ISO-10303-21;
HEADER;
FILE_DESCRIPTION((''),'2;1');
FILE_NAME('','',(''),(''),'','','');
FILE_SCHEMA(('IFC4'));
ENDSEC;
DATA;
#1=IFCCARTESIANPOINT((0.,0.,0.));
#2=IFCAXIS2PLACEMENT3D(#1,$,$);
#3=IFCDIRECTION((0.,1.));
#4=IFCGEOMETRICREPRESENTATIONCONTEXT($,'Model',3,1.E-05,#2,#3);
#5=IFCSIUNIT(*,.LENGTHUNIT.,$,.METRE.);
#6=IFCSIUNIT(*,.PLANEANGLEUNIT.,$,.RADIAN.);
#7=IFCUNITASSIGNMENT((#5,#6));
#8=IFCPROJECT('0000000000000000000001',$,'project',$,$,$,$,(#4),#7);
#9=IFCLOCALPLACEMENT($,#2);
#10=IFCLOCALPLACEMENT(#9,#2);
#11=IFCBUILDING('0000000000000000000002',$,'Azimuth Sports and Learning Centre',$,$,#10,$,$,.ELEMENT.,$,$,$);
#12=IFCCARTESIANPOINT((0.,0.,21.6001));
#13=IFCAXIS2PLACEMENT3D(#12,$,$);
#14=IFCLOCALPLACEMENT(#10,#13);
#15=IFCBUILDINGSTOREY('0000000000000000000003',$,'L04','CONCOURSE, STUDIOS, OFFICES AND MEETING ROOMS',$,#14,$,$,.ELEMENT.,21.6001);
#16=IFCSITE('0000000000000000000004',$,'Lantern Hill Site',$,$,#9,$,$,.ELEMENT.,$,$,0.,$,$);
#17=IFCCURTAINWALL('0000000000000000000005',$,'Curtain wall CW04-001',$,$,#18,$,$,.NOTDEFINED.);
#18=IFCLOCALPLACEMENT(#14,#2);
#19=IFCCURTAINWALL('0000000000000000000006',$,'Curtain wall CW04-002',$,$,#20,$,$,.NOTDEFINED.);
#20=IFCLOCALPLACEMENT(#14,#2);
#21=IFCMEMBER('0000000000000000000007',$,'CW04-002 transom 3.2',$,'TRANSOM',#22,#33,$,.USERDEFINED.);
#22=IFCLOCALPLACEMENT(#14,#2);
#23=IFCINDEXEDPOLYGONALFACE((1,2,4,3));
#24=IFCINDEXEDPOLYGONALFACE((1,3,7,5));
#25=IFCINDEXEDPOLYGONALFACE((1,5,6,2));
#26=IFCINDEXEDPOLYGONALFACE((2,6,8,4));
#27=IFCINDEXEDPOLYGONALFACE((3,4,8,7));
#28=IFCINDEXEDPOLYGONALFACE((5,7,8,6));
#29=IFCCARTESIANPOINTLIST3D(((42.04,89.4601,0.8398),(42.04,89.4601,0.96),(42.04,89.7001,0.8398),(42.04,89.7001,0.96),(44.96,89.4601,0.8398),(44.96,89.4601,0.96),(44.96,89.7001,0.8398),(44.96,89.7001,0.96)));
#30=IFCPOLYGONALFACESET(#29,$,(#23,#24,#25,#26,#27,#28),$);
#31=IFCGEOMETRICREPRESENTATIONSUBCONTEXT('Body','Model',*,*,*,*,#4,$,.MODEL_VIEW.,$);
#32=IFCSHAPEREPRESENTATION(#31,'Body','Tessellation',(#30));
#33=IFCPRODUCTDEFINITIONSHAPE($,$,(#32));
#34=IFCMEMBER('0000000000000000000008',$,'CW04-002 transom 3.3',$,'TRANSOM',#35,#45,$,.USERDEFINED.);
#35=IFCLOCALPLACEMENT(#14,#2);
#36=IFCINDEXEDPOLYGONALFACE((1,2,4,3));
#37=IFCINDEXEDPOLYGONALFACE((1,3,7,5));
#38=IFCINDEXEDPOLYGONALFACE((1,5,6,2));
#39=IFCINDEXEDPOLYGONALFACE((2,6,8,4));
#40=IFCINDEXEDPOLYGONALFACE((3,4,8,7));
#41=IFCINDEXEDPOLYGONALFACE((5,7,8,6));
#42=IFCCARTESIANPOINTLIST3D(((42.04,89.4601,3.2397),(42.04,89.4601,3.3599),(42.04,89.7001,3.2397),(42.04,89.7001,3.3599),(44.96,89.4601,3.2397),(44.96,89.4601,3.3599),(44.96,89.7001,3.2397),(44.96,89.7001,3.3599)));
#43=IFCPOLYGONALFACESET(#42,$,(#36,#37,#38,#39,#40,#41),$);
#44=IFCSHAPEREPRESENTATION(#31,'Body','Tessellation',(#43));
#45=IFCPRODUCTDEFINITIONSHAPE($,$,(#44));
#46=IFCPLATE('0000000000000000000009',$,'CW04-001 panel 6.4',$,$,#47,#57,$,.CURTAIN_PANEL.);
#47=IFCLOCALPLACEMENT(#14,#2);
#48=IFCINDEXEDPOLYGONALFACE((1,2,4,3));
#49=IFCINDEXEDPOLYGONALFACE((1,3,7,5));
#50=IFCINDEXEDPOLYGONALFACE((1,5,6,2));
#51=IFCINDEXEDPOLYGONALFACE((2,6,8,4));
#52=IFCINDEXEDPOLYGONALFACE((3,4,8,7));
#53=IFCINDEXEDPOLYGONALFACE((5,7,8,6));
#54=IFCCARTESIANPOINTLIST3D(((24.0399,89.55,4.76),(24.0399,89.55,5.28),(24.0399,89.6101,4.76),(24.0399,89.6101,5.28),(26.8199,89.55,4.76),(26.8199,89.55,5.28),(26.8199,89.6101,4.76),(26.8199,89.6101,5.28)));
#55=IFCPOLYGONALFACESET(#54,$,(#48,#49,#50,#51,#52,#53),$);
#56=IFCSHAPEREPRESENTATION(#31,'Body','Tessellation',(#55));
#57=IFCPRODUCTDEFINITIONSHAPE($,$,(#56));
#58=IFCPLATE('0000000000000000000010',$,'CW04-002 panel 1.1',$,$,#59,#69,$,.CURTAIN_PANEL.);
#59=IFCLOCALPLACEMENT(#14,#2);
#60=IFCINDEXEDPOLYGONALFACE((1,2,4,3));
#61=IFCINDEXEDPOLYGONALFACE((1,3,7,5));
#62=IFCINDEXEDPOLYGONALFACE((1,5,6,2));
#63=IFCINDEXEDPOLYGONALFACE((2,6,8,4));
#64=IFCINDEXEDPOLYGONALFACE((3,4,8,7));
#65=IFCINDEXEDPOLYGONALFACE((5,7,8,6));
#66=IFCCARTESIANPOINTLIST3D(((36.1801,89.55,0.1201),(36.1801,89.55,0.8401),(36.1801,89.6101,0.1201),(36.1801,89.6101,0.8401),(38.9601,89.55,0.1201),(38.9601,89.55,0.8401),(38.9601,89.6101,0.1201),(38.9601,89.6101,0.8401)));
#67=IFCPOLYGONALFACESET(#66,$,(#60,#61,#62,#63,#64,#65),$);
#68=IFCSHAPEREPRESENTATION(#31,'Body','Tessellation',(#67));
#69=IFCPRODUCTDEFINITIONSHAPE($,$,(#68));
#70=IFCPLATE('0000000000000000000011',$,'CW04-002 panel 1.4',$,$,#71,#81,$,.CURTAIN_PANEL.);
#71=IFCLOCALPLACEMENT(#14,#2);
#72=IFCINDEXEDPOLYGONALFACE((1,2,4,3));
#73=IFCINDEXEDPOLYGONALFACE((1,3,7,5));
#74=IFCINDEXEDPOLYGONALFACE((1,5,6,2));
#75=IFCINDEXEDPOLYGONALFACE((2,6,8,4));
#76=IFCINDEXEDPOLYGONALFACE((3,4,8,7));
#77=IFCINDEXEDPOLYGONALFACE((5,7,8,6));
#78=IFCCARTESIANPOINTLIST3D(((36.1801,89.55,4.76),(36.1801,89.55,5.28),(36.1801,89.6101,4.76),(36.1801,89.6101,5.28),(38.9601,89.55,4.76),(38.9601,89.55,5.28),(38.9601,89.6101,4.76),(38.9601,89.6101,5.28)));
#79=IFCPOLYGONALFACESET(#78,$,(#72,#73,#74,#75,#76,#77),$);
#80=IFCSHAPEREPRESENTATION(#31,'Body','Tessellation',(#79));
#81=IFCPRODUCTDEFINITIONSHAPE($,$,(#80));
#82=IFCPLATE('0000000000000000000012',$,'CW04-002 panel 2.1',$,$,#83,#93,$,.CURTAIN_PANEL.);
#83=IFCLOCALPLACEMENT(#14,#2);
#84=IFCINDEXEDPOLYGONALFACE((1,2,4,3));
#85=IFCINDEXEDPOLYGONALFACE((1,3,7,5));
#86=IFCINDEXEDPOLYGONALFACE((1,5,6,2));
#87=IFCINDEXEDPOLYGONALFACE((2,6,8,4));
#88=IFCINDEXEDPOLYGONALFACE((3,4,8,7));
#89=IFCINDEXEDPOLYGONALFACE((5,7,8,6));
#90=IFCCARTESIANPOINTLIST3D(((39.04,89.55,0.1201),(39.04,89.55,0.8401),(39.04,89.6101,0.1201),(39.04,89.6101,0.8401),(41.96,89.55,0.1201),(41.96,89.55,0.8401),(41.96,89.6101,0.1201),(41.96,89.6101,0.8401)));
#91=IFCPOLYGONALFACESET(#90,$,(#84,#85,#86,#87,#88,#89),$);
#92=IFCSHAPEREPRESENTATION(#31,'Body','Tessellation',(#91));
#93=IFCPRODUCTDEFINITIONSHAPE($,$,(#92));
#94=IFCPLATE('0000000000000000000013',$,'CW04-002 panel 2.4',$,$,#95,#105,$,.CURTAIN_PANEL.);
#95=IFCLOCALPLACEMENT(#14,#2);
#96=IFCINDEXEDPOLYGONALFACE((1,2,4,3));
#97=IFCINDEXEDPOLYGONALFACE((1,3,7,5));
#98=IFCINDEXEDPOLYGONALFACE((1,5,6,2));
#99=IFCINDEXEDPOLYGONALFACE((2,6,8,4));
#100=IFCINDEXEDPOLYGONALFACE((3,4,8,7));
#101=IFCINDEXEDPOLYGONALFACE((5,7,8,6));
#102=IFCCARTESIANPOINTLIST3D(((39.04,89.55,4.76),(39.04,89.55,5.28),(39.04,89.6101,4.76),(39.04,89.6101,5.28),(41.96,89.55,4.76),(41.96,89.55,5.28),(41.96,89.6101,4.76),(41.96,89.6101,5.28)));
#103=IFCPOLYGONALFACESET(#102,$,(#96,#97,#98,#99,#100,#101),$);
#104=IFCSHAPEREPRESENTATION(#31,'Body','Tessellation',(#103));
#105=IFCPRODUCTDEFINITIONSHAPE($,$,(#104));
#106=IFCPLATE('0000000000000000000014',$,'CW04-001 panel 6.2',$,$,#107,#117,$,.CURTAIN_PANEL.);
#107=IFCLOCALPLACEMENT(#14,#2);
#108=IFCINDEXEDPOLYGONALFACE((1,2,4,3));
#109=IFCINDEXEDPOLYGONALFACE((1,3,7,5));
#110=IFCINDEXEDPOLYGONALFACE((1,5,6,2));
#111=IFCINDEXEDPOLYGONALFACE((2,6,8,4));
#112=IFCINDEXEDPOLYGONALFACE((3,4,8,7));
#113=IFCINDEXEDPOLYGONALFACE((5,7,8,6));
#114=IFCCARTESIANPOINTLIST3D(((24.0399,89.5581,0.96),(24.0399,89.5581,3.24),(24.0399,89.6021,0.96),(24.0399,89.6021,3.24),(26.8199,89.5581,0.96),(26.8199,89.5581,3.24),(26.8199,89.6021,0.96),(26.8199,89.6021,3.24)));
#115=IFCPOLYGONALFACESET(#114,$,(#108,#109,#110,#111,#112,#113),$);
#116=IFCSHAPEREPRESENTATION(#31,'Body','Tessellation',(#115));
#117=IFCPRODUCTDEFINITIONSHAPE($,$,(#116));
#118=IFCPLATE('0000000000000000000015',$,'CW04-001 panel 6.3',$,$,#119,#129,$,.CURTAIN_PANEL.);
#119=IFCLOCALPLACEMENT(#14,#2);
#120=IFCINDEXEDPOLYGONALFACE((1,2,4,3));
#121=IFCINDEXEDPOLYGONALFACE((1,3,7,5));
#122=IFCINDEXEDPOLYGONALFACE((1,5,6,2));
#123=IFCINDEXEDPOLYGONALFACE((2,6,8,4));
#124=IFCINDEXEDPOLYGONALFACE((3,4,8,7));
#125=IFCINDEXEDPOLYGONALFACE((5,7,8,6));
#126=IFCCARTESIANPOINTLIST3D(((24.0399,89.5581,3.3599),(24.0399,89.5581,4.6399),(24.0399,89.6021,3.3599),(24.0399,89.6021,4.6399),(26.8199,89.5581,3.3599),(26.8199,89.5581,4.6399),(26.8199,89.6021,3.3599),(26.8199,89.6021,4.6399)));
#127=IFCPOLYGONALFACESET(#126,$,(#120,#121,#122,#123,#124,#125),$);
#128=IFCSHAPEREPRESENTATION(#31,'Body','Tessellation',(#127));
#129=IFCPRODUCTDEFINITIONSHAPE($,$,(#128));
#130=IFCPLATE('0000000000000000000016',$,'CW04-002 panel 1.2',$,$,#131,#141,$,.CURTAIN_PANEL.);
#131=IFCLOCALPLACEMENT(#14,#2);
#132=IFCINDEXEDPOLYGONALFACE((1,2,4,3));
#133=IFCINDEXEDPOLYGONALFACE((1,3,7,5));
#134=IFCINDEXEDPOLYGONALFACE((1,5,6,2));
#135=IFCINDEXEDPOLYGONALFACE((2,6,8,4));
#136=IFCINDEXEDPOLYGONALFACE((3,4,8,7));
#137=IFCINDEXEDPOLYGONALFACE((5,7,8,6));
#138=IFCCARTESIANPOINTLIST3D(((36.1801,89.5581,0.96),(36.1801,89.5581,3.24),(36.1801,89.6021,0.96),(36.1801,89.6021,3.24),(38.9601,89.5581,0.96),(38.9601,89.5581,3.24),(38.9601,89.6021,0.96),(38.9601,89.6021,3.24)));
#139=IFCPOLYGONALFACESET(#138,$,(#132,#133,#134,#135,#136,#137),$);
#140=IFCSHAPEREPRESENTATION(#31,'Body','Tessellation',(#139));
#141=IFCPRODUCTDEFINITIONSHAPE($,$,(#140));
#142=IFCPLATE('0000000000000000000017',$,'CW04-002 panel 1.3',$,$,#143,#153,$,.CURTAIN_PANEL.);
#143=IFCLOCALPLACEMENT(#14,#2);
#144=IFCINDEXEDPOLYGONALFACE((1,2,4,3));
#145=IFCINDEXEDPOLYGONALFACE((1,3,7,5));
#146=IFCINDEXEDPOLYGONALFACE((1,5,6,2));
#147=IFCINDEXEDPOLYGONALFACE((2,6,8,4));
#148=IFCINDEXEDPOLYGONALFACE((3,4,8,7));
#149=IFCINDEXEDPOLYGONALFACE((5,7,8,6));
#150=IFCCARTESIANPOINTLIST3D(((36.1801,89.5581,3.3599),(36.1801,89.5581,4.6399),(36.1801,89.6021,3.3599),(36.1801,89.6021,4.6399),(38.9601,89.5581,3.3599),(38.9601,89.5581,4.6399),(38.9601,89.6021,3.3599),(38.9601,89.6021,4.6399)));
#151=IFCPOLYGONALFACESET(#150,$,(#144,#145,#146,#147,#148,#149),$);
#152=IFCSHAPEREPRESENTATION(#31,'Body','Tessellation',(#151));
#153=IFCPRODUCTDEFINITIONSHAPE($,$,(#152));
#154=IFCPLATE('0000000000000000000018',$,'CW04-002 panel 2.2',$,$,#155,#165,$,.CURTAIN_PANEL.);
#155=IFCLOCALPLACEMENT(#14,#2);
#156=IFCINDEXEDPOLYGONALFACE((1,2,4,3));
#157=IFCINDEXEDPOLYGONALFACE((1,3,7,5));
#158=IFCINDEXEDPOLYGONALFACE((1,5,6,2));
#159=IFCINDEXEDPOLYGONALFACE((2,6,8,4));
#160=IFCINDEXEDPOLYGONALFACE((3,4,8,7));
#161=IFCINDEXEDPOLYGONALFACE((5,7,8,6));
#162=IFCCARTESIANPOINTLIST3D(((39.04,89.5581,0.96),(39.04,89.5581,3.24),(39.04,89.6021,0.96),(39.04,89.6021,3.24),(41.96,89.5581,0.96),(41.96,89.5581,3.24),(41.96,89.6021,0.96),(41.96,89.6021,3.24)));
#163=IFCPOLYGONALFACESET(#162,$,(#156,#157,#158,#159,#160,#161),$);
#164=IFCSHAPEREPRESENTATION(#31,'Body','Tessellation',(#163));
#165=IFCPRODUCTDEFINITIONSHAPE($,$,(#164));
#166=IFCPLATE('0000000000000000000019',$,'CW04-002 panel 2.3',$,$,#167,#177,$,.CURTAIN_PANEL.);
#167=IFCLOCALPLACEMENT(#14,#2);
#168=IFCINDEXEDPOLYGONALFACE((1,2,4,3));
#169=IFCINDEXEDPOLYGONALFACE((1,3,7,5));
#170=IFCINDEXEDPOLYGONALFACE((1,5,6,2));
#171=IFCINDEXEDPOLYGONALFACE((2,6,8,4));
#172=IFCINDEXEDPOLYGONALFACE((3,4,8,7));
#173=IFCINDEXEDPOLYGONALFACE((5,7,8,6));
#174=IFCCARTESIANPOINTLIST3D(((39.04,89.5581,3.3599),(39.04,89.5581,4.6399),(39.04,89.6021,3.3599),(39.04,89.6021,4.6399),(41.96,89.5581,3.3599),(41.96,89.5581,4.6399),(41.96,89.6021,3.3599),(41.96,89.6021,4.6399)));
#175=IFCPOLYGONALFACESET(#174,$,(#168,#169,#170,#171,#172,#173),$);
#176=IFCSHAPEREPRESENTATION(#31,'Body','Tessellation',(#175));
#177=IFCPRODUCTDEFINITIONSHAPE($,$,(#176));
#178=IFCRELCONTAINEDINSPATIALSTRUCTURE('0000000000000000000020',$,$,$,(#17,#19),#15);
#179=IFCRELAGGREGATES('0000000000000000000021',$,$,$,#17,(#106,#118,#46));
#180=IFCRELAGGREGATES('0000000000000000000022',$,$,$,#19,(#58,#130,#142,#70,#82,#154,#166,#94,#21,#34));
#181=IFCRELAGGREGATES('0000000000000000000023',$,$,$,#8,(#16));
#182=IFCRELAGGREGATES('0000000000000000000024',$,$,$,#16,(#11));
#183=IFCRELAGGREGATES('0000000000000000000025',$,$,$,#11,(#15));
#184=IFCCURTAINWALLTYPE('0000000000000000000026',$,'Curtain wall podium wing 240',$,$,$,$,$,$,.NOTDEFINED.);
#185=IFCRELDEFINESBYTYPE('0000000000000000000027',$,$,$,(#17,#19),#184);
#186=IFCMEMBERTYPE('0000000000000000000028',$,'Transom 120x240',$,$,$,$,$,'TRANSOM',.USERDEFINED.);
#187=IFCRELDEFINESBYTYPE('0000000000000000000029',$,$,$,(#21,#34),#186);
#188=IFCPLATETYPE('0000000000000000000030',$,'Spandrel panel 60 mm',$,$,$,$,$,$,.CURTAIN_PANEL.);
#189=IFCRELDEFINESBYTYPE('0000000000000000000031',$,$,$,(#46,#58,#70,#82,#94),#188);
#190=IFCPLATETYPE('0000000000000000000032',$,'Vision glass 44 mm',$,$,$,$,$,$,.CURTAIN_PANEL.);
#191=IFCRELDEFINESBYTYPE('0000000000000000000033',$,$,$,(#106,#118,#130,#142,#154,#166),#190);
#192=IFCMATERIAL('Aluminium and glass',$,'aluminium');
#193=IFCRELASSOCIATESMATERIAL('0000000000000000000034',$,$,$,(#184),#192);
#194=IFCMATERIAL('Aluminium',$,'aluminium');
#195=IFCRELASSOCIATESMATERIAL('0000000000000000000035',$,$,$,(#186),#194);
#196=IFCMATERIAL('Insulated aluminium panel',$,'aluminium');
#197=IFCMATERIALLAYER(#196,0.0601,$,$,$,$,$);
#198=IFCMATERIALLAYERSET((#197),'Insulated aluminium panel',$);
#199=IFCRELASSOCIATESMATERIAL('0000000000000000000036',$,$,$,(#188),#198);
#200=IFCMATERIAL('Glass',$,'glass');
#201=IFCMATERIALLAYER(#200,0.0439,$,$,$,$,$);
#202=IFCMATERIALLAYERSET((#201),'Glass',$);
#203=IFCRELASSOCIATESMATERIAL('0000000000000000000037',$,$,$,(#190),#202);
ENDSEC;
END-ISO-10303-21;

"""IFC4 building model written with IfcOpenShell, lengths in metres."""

from ifc_helpers import new_model, si_unit, direction, frame, origin, origin_2d, place, context, subcontext, project, spatial, rectangle, extrude, material, layer, layer_set, material_profile, profile_set, type_object, element, aggregate, save


model = new_model("IFC4")

# Units and contexts
model_context = context("Model", 3, precision=1e-05, world=origin(), true_north=direction((0.0, 1.0)))
body_context = subcontext(model_context, "Body", "Model", "MODEL_VIEW")
ifc_project = project(units=[si_unit("LENGTHUNIT", "METRE"), si_unit("PLANEANGLEUNIT", "RADIAN")], contexts=[model_context])

# Site, building, storey
site_placement = place(None, origin())
site = spatial("IfcSite", under=ifc_project, at=site_placement, Name="Lantern Hill Site", CompositionType="ELEMENT", RefElevation=0.0)
building_placement = place(site_placement, origin())
building = spatial("IfcBuilding", under=site, at=building_placement, Name="Azimuth Sports and Learning Centre", CompositionType="ELEMENT")
storey_placement = place(building_placement, frame((0.0, 0.0, 21.6001)))
storey = spatial("IfcBuildingStorey", under=building, at=storey_placement, Name="L04", Description="CONCOURSE, STUDIOS, OFFICES AND MEETING ROOMS", CompositionType="ELEMENT", Elevation=21.6001)

# Curtain wall
ifc_material_1 = material(Name="Aluminium and glass", Category="aluminium")
curtain_wall_type = type_object("IfcCurtainWallType", Name="Curtain wall podium wing 240", PredefinedType="NOTDEFINED", material=ifc_material_1)
curtain_wall_1_placement = place(storey_placement, origin())
curtain_wall_1 = element("IfcCurtainWall", 1, at=curtain_wall_1_placement, inside=storey, type_object=curtain_wall_type, Name="Curtain wall CW04-001", PredefinedType="NOTDEFINED")

# Curtain wall, members
curtain_wall_2_placement = place(storey_placement, origin())
curtain_wall_2 = element("IfcCurtainWall", 2, at=curtain_wall_2_placement, inside=storey, type_object=curtain_wall_type, Name="Curtain wall CW04-002", PredefinedType="NOTDEFINED")
ifc_material_2 = material(Name="Aluminium", Category="aluminium")
ifc_material_profile_1 = material_profile(ifc_material_2, rectangle(XDim=0.24, YDim=0.1201, at=origin_2d()), Name="Transom 120x240")
ifc_profile_set_1 = profile_set([ifc_material_profile_1], Name="Aluminium")
member_type_1 = type_object("IfcMemberType", Name="Transom 120x240", ElementType="TRANSOM", PredefinedType="USERDEFINED", material=ifc_profile_set_1)
member_1_placement = place(storey_placement, frame((42.04, 89.5801, 0.8999), z_axis=(1.0, 0.0, 0.0), x_axis=(0.0, 1.0, 0.0)))
member_1 = element("IfcMember", 3, at=member_1_placement, type_object=member_type_1, Name="CW04-002 transom 3.2", ObjectType="TRANSOM", PredefinedType="USERDEFINED", context=body_context, shape_type="SweptSolid", body=[
    extrude(rectangle(XDim=0.24, YDim=0.1201, at=origin_2d()), origin(), (0.0, 0.0, 1.0), 2.9199),
])
member_2_placement = place(storey_placement, frame((42.04, 89.5801, 3.2998), z_axis=(1.0, 0.0, 0.0), x_axis=(0.0, 1.0, 0.0)))
member_2 = element("IfcMember", 4, at=member_2_placement, type_object=member_type_1, Name="CW04-002 transom 3.3", ObjectType="TRANSOM", PredefinedType="USERDEFINED", context=body_context, shape_type="SweptSolid", body=[
    extrude(rectangle(XDim=0.24, YDim=0.1201, at=origin_2d()), origin(), (0.0, 0.0, 1.0), 2.9199),
])

# Plates
ifc_material_3 = material(Name="Insulated aluminium panel", Category="aluminium")
ifc_layer_1 = layer(ifc_material_3, 0.0601)
ifc_layer_set_1 = layer_set([ifc_layer_1], Name="Insulated aluminium panel")
plate_type_1 = type_object("IfcPlateType", Name="Spandrel panel 60 mm", PredefinedType="CURTAIN_PANEL", material=ifc_layer_set_1)
plate_1_placement = place(storey_placement, frame((25.4299, 89.5801, 4.76), z_axis=(0.0, 0.0, 1.0), x_axis=(1.0, 0.0, 0.0)))
plate_1 = element("IfcPlate", 5, at=plate_1_placement, type_object=plate_type_1, Name="CW04-001 panel 6.4", PredefinedType="CURTAIN_PANEL", context=body_context, shape_type="SweptSolid", body=[
    extrude(rectangle(XDim=2.78, YDim=0.0601, at=origin_2d()), origin(), (0.0, 0.0, 1.0), 0.52),
])
plate_2_placement = place(storey_placement, frame((37.5701, 89.5801, 0.1201), z_axis=(0.0, 0.0, 1.0), x_axis=(1.0, 0.0, 0.0)))
plate_2 = element("IfcPlate", 6, at=plate_2_placement, type_object=plate_type_1, Name="CW04-002 panel 1.1", PredefinedType="CURTAIN_PANEL", context=body_context, shape_type="SweptSolid", body=[
    extrude(rectangle(XDim=2.78, YDim=0.0601, at=origin_2d()), origin(), (0.0, 0.0, 1.0), 0.72),
])
plate_3_placement = place(storey_placement, frame((37.5701, 89.5801, 4.76), z_axis=(0.0, 0.0, 1.0), x_axis=(1.0, 0.0, 0.0)))
plate_3 = element("IfcPlate", 7, at=plate_3_placement, type_object=plate_type_1, Name="CW04-002 panel 1.4", PredefinedType="CURTAIN_PANEL", context=body_context, shape_type="SweptSolid", body=[
    extrude(rectangle(XDim=2.78, YDim=0.0601, at=origin_2d()), origin(), (0.0, 0.0, 1.0), 0.52),
])
plate_4_placement = place(storey_placement, frame((40.5, 89.5801, 0.1201), z_axis=(0.0, 0.0, 1.0), x_axis=(1.0, 0.0, 0.0)))
plate_4 = element("IfcPlate", 8, at=plate_4_placement, type_object=plate_type_1, Name="CW04-002 panel 2.1", PredefinedType="CURTAIN_PANEL", context=body_context, shape_type="SweptSolid", body=[
    extrude(rectangle(XDim=2.9199, YDim=0.0601, at=origin_2d()), origin(), (0.0, 0.0, 1.0), 0.72),
])
plate_5_placement = place(storey_placement, frame((40.5, 89.5801, 4.76), z_axis=(0.0, 0.0, 1.0), x_axis=(1.0, 0.0, 0.0)))
plate_5 = element("IfcPlate", 9, at=plate_5_placement, type_object=plate_type_1, Name="CW04-002 panel 2.4", PredefinedType="CURTAIN_PANEL", context=body_context, shape_type="SweptSolid", body=[
    extrude(rectangle(XDim=2.9199, YDim=0.0601, at=origin_2d()), origin(), (0.0, 0.0, 1.0), 0.52),
])
ifc_material_4 = material(Name="Glass", Category="glass")
ifc_layer_2 = layer(ifc_material_4, 0.0439)
ifc_layer_set_2 = layer_set([ifc_layer_2], Name="Glass")
plate_type_2 = type_object("IfcPlateType", Name="Vision glass 44 mm", PredefinedType="CURTAIN_PANEL", material=ifc_layer_set_2)
plate_6_placement = place(storey_placement, frame((25.4299, 89.5801, 0.96), z_axis=(0.0, 0.0, 1.0), x_axis=(1.0, 0.0, 0.0)))
plate_6 = element("IfcPlate", 10, at=plate_6_placement, type_object=plate_type_2, Name="CW04-001 panel 6.2", PredefinedType="CURTAIN_PANEL", context=body_context, shape_type="SweptSolid", body=[
    extrude(rectangle(XDim=2.78, YDim=0.0439, at=origin_2d()), origin(), (0.0, 0.0, 1.0), 2.28),
])
plate_7_placement = place(storey_placement, frame((25.4299, 89.5801, 3.3599), z_axis=(0.0, 0.0, 1.0), x_axis=(1.0, 0.0, 0.0)))
plate_7 = element("IfcPlate", 11, at=plate_7_placement, type_object=plate_type_2, Name="CW04-001 panel 6.3", PredefinedType="CURTAIN_PANEL", context=body_context, shape_type="SweptSolid", body=[
    extrude(rectangle(XDim=2.78, YDim=0.0439, at=origin_2d()), origin(), (0.0, 0.0, 1.0), 1.28),
])
aggregate(curtain_wall_1, [plate_6, plate_7, plate_1])
plate_8_placement = place(storey_placement, frame((37.5701, 89.5801, 0.96), z_axis=(0.0, 0.0, 1.0), x_axis=(1.0, 0.0, 0.0)))
plate_8 = element("IfcPlate", 12, at=plate_8_placement, type_object=plate_type_2, Name="CW04-002 panel 1.2", PredefinedType="CURTAIN_PANEL", context=body_context, shape_type="SweptSolid", body=[
    extrude(rectangle(XDim=2.78, YDim=0.0439, at=origin_2d()), origin(), (0.0, 0.0, 1.0), 2.28),
])
plate_9_placement = place(storey_placement, frame((37.5701, 89.5801, 3.3599), z_axis=(0.0, 0.0, 1.0), x_axis=(1.0, 0.0, 0.0)))
plate_9 = element("IfcPlate", 13, at=plate_9_placement, type_object=plate_type_2, Name="CW04-002 panel 1.3", PredefinedType="CURTAIN_PANEL", context=body_context, shape_type="SweptSolid", body=[
    extrude(rectangle(XDim=2.78, YDim=0.0439, at=origin_2d()), origin(), (0.0, 0.0, 1.0), 1.28),
])
plate_10_placement = place(storey_placement, frame((40.5, 89.5801, 0.96), z_axis=(0.0, 0.0, 1.0), x_axis=(1.0, 0.0, 0.0)))
plate_10 = element("IfcPlate", 14, at=plate_10_placement, type_object=plate_type_2, Name="CW04-002 panel 2.2", PredefinedType="CURTAIN_PANEL", context=body_context, shape_type="SweptSolid", body=[
    extrude(rectangle(XDim=2.9199, YDim=0.0439, at=origin_2d()), origin(), (0.0, 0.0, 1.0), 2.28),
])
plate_11_placement = place(storey_placement, frame((40.5, 89.5801, 3.3599), z_axis=(0.0, 0.0, 1.0), x_axis=(1.0, 0.0, 0.0)))
plate_11 = element("IfcPlate", 15, at=plate_11_placement, type_object=plate_type_2, Name="CW04-002 panel 2.3", PredefinedType="CURTAIN_PANEL", context=body_context, shape_type="SweptSolid", body=[
    extrude(rectangle(XDim=2.9199, YDim=0.0439, at=origin_2d()), origin(), (0.0, 0.0, 1.0), 1.28),
])
aggregate(curtain_wall_2, [plate_2, plate_8, plate_9, plate_3, plate_4, plate_10, plate_11, plate_5, member_1, member_2])

save(model, "model.ifc")
